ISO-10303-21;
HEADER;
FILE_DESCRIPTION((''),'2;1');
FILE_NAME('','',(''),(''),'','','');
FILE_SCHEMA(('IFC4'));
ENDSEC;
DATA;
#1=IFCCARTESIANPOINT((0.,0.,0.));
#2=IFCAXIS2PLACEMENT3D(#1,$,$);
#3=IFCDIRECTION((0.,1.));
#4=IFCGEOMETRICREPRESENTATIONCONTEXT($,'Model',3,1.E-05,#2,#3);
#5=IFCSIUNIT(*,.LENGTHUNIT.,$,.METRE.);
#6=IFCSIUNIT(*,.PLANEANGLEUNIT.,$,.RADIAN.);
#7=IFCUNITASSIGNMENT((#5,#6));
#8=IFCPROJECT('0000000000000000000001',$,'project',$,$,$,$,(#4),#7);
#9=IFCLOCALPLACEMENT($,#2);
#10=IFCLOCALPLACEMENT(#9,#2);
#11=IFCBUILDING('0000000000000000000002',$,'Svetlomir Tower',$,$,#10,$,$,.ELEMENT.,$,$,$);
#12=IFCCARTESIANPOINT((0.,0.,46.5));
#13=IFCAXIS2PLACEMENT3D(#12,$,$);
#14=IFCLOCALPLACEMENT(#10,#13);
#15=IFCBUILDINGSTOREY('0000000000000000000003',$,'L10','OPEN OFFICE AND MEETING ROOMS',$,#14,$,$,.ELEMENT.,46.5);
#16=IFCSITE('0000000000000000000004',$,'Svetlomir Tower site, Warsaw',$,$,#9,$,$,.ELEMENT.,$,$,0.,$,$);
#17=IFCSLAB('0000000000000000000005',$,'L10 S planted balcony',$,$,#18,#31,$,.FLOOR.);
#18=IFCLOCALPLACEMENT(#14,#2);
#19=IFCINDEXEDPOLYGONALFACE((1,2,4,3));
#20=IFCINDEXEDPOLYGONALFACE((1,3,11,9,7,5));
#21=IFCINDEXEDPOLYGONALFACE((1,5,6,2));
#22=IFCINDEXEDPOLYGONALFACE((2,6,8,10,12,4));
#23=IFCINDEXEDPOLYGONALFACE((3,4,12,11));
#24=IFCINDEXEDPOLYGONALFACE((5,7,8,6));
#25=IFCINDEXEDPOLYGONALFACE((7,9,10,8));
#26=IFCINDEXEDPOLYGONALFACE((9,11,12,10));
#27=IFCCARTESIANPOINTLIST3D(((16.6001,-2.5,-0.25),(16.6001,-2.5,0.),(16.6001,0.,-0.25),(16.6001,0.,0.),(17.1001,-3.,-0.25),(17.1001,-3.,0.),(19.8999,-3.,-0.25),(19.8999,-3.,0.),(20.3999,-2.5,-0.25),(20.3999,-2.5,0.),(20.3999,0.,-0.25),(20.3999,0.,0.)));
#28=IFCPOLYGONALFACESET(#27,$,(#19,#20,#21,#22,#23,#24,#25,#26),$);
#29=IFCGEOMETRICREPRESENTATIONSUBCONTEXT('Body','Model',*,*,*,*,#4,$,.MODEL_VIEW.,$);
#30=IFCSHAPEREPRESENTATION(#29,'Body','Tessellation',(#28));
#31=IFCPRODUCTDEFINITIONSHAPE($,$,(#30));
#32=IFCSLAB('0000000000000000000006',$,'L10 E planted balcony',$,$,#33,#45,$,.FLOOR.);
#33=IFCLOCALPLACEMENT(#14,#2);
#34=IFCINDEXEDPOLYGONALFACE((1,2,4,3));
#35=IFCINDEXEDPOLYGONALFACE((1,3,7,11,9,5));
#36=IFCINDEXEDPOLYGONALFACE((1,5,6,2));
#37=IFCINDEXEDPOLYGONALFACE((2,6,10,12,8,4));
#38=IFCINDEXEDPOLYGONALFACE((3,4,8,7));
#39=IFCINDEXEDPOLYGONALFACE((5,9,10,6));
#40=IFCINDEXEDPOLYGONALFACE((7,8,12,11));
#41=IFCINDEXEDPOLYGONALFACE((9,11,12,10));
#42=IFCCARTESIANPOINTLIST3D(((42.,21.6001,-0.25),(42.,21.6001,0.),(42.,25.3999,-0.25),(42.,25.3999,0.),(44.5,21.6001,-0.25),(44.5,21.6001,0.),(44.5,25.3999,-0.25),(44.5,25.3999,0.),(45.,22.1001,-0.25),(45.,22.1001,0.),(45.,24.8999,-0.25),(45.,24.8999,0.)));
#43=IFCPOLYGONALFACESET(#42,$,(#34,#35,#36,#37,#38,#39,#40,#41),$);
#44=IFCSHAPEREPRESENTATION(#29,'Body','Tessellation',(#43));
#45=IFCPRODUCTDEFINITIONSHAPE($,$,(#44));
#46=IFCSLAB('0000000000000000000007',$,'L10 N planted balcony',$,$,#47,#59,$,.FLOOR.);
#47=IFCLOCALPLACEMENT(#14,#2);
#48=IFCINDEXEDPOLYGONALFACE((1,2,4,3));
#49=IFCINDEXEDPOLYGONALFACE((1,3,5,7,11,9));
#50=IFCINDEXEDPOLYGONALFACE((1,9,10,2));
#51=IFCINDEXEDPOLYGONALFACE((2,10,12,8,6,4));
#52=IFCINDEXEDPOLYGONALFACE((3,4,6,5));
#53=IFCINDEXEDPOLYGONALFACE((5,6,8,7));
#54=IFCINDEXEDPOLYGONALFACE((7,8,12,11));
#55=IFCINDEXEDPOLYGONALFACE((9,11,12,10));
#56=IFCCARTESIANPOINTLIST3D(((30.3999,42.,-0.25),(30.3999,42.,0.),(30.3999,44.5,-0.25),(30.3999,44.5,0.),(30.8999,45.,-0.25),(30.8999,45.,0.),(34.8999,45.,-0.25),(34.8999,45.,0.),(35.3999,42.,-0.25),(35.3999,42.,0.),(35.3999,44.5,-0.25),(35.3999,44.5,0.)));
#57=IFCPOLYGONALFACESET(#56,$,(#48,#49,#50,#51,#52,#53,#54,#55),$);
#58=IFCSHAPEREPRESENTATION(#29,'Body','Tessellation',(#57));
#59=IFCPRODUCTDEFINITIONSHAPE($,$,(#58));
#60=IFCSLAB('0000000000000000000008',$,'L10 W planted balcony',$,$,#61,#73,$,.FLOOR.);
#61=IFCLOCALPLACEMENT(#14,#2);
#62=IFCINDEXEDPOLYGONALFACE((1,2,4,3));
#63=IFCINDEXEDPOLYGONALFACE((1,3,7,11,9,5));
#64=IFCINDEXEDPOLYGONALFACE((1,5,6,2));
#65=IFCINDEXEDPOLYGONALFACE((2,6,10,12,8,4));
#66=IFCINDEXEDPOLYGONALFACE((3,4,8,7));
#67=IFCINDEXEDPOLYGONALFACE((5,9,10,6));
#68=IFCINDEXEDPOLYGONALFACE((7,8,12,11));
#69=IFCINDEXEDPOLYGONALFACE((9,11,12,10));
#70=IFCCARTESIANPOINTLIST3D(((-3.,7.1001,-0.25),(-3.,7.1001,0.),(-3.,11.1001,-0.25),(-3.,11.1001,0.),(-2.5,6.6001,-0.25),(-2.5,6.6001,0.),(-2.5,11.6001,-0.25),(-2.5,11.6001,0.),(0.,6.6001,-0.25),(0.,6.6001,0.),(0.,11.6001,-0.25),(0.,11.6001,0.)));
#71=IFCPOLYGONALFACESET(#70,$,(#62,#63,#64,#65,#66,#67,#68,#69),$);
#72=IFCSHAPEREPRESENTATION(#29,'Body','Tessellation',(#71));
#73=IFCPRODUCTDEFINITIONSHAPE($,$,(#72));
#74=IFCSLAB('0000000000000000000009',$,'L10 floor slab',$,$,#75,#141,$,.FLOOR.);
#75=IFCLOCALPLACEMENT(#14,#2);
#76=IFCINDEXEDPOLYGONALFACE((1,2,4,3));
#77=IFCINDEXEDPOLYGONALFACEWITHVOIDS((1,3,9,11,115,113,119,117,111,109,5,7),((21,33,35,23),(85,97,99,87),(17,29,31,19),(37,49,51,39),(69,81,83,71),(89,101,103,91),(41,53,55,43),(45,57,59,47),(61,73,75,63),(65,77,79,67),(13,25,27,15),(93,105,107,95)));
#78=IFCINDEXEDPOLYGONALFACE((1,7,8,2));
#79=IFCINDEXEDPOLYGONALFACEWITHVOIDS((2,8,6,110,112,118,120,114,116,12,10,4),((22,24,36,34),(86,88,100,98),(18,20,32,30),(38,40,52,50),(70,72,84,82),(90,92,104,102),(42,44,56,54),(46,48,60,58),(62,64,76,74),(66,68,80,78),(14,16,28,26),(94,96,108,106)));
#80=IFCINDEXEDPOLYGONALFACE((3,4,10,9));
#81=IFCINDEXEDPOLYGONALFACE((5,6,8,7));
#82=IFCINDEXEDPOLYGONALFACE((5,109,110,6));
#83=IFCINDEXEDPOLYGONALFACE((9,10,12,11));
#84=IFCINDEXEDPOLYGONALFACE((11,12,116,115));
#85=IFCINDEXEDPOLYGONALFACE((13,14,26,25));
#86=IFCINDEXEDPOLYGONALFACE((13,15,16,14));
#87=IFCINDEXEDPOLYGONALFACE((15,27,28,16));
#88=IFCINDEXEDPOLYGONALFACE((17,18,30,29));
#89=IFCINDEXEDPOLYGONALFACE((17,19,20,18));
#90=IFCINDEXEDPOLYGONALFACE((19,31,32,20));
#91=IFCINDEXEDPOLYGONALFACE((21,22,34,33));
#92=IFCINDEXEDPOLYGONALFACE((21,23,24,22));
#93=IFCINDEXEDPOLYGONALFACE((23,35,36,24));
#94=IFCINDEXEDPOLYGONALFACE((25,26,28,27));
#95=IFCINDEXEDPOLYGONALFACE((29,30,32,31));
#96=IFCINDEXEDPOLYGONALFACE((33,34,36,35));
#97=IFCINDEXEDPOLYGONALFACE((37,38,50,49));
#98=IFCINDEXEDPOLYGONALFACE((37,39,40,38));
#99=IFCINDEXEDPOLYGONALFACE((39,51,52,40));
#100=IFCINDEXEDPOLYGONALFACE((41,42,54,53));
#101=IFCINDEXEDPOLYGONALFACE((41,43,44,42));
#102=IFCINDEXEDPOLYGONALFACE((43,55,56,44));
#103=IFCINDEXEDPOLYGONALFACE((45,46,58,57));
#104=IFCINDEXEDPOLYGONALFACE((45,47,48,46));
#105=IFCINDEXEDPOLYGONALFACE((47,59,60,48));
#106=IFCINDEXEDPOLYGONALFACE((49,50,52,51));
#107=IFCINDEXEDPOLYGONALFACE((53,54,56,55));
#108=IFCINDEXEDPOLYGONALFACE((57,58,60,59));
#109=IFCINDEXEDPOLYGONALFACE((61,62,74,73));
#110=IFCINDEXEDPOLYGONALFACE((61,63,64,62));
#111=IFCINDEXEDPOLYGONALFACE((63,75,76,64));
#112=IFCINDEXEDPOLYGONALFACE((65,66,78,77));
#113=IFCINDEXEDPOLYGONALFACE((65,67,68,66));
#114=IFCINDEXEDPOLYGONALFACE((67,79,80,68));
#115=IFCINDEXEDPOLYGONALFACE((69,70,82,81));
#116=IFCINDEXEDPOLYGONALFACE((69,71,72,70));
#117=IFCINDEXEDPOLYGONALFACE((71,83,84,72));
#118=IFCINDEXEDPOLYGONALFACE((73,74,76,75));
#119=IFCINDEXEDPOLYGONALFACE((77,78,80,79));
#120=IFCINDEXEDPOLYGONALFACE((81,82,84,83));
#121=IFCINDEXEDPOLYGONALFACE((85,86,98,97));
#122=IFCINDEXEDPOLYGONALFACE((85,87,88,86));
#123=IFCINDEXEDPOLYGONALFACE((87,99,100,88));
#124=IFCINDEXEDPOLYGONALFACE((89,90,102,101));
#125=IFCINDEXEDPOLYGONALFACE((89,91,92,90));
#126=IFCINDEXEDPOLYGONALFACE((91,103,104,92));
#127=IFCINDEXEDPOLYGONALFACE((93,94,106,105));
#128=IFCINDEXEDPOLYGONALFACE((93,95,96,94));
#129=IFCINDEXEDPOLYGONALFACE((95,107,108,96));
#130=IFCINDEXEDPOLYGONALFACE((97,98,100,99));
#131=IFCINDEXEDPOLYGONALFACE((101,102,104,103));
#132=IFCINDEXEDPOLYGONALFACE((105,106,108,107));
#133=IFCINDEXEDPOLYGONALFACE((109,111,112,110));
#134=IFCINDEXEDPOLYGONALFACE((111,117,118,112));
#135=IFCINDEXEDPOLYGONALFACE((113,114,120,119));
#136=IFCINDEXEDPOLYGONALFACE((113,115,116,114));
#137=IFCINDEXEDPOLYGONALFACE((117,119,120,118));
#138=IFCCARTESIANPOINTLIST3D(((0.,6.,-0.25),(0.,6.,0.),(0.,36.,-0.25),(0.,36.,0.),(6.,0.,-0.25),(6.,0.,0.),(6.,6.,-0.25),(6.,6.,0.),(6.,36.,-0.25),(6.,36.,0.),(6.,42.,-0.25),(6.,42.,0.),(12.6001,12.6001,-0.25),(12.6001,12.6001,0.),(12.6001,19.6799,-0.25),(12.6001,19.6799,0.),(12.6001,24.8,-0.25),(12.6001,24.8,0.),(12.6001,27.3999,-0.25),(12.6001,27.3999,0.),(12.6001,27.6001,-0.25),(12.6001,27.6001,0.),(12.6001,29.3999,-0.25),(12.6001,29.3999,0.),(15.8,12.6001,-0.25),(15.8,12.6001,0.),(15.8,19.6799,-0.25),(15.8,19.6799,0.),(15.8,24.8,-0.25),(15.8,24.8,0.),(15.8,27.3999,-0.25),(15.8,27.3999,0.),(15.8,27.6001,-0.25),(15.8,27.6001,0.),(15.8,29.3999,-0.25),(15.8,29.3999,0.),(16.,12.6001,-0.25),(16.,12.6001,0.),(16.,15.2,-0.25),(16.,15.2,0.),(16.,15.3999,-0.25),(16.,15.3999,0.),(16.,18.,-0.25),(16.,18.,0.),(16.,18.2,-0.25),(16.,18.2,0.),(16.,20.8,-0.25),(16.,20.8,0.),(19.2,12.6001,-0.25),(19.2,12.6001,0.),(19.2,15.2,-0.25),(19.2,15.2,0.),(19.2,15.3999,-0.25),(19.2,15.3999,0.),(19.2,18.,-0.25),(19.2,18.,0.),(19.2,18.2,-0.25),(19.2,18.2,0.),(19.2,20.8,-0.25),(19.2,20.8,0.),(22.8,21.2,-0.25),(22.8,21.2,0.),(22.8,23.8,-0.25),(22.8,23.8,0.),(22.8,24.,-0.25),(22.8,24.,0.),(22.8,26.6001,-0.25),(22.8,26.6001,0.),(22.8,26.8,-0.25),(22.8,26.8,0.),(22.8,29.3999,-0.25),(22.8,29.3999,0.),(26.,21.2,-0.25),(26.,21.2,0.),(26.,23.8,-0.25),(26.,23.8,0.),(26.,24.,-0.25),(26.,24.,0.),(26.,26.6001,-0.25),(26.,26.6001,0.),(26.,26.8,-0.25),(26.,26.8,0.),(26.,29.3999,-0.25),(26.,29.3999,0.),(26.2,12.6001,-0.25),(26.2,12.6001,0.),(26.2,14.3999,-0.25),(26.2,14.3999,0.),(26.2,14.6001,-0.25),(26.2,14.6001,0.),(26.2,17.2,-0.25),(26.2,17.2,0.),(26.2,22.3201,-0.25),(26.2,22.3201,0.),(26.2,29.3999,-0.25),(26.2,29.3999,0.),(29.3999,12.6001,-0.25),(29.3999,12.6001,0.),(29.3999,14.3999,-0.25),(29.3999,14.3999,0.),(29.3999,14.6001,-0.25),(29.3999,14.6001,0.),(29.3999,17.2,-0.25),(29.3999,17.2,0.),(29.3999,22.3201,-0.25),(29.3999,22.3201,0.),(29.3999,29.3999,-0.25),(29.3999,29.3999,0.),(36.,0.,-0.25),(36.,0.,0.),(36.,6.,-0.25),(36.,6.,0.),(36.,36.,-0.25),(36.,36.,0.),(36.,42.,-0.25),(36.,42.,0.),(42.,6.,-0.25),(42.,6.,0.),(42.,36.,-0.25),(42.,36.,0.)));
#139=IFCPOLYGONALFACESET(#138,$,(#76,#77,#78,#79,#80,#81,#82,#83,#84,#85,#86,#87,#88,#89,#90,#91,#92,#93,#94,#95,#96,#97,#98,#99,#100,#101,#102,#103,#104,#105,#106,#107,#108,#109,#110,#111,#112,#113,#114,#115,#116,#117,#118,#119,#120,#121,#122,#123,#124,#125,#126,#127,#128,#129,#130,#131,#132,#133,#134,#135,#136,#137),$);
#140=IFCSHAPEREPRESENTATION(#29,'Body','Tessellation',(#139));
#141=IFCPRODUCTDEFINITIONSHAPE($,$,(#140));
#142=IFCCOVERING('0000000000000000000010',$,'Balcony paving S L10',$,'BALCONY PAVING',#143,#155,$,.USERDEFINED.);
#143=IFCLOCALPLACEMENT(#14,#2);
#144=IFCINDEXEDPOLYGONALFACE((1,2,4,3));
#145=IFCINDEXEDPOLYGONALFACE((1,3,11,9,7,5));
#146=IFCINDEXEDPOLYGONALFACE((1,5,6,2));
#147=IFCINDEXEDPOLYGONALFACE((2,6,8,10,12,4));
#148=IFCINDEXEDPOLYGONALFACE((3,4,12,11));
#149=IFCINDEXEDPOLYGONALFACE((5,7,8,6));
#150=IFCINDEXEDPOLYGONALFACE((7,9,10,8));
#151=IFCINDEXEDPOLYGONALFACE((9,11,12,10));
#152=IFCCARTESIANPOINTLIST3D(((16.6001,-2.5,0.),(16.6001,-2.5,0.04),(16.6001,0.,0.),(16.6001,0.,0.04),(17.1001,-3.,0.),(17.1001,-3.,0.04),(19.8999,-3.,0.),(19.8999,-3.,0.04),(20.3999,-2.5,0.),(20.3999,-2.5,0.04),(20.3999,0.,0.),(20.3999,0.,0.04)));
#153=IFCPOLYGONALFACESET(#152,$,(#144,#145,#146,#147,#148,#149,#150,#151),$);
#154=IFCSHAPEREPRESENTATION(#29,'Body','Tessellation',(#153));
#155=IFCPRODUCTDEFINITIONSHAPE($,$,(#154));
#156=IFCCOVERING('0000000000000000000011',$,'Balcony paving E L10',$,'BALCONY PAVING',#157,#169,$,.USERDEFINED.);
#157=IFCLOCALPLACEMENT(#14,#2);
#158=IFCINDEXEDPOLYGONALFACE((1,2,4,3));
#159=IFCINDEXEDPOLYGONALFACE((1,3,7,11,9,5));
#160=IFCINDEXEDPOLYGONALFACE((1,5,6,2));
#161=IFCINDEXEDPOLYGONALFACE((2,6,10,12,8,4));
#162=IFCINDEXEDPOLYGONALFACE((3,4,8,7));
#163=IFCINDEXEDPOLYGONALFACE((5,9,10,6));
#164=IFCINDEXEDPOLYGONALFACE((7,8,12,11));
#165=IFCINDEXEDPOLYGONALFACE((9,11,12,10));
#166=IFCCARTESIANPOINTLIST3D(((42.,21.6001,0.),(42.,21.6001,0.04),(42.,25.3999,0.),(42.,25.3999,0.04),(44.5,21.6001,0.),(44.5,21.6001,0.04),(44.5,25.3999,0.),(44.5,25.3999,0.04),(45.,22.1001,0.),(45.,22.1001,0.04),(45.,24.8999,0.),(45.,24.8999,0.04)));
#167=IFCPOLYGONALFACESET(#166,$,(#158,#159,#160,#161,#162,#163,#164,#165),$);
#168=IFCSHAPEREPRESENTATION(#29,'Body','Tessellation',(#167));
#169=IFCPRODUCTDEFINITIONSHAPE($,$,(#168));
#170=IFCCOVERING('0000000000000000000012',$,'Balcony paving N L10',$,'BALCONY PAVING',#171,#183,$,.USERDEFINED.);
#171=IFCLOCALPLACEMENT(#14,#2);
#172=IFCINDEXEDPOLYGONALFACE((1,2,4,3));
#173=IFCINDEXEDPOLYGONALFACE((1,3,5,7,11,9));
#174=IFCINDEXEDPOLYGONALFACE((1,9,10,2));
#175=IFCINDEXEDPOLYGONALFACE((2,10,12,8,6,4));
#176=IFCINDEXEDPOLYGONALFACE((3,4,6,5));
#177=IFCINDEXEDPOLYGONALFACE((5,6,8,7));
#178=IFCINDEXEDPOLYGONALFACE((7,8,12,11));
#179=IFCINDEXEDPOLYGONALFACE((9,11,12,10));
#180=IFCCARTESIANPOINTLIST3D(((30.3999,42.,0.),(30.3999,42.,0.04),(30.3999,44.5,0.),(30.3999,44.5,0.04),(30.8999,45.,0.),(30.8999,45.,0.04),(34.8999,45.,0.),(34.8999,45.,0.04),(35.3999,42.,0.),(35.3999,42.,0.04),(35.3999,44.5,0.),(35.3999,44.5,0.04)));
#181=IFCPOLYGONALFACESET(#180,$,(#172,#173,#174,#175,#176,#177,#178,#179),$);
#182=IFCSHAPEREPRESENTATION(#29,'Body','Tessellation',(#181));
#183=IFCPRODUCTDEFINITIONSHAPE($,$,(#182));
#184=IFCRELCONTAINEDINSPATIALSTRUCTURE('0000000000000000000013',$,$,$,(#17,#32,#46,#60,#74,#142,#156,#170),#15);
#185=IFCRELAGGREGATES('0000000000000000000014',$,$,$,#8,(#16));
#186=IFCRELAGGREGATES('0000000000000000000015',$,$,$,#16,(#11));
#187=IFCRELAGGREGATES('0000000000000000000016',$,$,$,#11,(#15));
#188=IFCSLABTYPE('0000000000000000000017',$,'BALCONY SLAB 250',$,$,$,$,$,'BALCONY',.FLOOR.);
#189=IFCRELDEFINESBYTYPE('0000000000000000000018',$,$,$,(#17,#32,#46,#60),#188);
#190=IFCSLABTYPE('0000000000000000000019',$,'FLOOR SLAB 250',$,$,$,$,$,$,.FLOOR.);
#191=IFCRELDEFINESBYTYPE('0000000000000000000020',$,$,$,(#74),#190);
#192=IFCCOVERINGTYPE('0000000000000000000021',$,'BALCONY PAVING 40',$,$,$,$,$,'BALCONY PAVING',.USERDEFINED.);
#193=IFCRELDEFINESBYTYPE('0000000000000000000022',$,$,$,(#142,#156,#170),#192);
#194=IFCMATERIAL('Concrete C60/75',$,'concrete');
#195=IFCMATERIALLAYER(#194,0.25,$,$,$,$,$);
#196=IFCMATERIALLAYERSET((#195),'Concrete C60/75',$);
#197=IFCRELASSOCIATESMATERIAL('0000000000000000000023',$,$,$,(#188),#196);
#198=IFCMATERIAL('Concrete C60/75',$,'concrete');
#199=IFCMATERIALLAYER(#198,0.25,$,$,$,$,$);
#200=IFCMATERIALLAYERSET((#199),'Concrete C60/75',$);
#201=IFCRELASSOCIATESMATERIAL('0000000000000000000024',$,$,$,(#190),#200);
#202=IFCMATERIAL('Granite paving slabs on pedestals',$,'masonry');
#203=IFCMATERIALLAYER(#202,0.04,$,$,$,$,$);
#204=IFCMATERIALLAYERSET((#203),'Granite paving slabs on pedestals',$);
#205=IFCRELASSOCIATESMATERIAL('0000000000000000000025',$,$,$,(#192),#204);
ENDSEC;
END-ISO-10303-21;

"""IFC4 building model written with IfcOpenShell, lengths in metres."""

from ifc_helpers import new_model, si_unit, direction, frame, origin, place, context, subcontext, project, spatial, polyline, outline, extrude, material, layer, layer_set, type_object, element, save


model = new_model("IFC4")

# Units and contexts
model_context = context("Model", 3, precision=1e-05, world=origin(), true_north=direction((0.0, 1.0)))
body_context = subcontext(model_context, "Body", "Model", "MODEL_VIEW")
ifc_project = project(units=[si_unit("LENGTHUNIT", "METRE"), si_unit("PLANEANGLEUNIT", "RADIAN")], contexts=[model_context])

# Site, building, storey
site_placement = place(None, origin())
site = spatial("IfcSite", under=ifc_project, at=site_placement, Name="Svetlomir Tower site, Warsaw", CompositionType="ELEMENT", RefElevation=0.0)
building_placement = place(site_placement, origin())
building = spatial("IfcBuilding", under=site, at=building_placement, Name="Svetlomir Tower", CompositionType="ELEMENT")
storey_placement = place(building_placement, frame((0.0, 0.0, 46.5)))
storey = spatial("IfcBuildingStorey", under=building, at=storey_placement, Name="L10", Description="OPEN OFFICE AND MEETING ROOMS", CompositionType="ELEMENT", Elevation=46.5)

# Slabs
ifc_material_1 = material(Name="Concrete C60/75", Category="concrete")
ifc_layer_1 = layer(ifc_material_1, 0.25)
ifc_layer_set_1 = layer_set([ifc_layer_1], Name="Concrete C60/75")
slab_type_1 = type_object("IfcSlabType", Name="BALCONY SLAB 250", ElementType="BALCONY", PredefinedType="FLOOR", material=ifc_layer_set_1)
slab_1_placement = place(storey_placement, frame((0.0, 0.0, -0.25)))
element("IfcSlab", 1, at=slab_1_placement, inside=storey, type_object=slab_type_1, Name="L10 S planted balcony", PredefinedType="FLOOR", context=body_context, shape_type="SweptSolid", body=[
    extrude(outline(polyline([(16.6001, -2.5), (17.1001, -3.0), (19.8999, -3.0), (20.3999, -2.5), (20.3999, 0.0), (16.6001, 0.0), (16.6001, -2.5)])), origin(), (0.0, 0.0, 1.0), 0.25),
])
slab_2_placement = place(storey_placement, frame((0.0, 0.0, -0.25)))
element("IfcSlab", 2, at=slab_2_placement, inside=storey, type_object=slab_type_1, Name="L10 E planted balcony", PredefinedType="FLOOR", context=body_context, shape_type="SweptSolid", body=[
    extrude(outline(polyline([(42.0, 21.6001), (44.5, 21.6001), (45.0, 22.1001), (45.0, 24.8999), (44.5, 25.3999), (42.0, 25.3999), (42.0, 21.6001)])), origin(), (0.0, 0.0, 1.0), 0.25),
])
slab_3_placement = place(storey_placement, frame((0.0, 0.0, -0.25)))
element("IfcSlab", 3, at=slab_3_placement, inside=storey, type_object=slab_type_1, Name="L10 N planted balcony", PredefinedType="FLOOR", context=body_context, shape_type="SweptSolid", body=[
    extrude(outline(polyline([(30.3999, 42.0), (35.3999, 42.0), (35.3999, 44.5), (34.8999, 45.0), (30.8999, 45.0), (30.3999, 44.5), (30.3999, 42.0)])), origin(), (0.0, 0.0, 1.0), 0.25),
])
slab_4_placement = place(storey_placement, frame((0.0, 0.0, -0.25)))
element("IfcSlab", 4, at=slab_4_placement, inside=storey, type_object=slab_type_1, Name="L10 W planted balcony", PredefinedType="FLOOR", context=body_context, shape_type="SweptSolid", body=[
    extrude(outline(polyline([(-2.5, 6.6001), (0.0, 6.6001), (0.0, 11.6001), (-2.5, 11.6001), (-3.0, 11.1001), (-3.0, 7.1001), (-2.5, 6.6001)])), origin(), (0.0, 0.0, 1.0), 0.25),
])
ifc_material_2 = material(Name="Concrete C60/75", Category="concrete")
ifc_layer_2 = layer(ifc_material_2, 0.25)
ifc_layer_set_2 = layer_set([ifc_layer_2], Name="Concrete C60/75")
slab_type_2 = type_object("IfcSlabType", Name="FLOOR SLAB 250", PredefinedType="FLOOR", material=ifc_layer_set_2)
slab_5_placement = place(storey_placement, frame((0.0, 0.0, -0.25)))
element("IfcSlab", 5, at=slab_5_placement, inside=storey, type_object=slab_type_2, Name="L10 floor slab", PredefinedType="FLOOR", context=body_context, shape_type="SweptSolid", body=[
    extrude(outline(polyline([(6.0, 0.0), (36.0, 0.0), (36.0, 6.0), (42.0, 6.0), (42.0, 36.0), (36.0, 36.0), (36.0, 42.0), (6.0, 42.0), (6.0, 36.0), (0.0, 36.0), (0.0, 6.0), (6.0, 6.0), (6.0, 0.0)]), holes=[polyline([(12.6001, 24.8), (15.8, 24.8), (15.8, 27.3999), (12.6001, 27.3999), (12.6001, 24.8)]), polyline([(26.2, 14.6001), (29.3999, 14.6001), (29.3999, 17.2), (26.2, 17.2), (26.2, 14.6001)]), polyline([(16.0, 12.6001), (19.2, 12.6001), (19.2, 15.2), (16.0, 15.2), (16.0, 12.6001)]), polyline([(16.0, 15.3999), (19.2, 15.3999), (19.2, 18.0), (16.0, 18.0), (16.0, 15.3999)]), polyline([(16.0, 18.2), (19.2, 18.2), (19.2, 20.8), (16.0, 20.8), (16.0, 18.2)]), polyline([(22.8, 21.2), (26.0, 21.2), (26.0, 23.8), (22.8, 23.8), (22.8, 21.2)]), polyline([(22.8, 24.0), (26.0, 24.0), (26.0, 26.6001), (22.8, 26.6001), (22.8, 24.0)]), polyline([(22.8, 26.8), (26.0, 26.8), (26.0, 29.3999), (22.8, 29.3999), (22.8, 26.8)]), polyline([(12.6001, 27.6001), (15.8, 27.6001), (15.8, 29.3999), (12.6001, 29.3999), (12.6001, 27.6001)]), polyline([(26.2, 12.6001), (29.3999, 12.6001), (29.3999, 14.3999), (26.2, 14.3999), (26.2, 12.6001)]), polyline([(12.6001, 12.6001), (15.8, 12.6001), (15.8, 19.6799), (12.6001, 19.6799), (12.6001, 12.6001)]), polyline([(26.2, 22.3201), (29.3999, 22.3201), (29.3999, 29.3999), (26.2, 29.3999), (26.2, 22.3201)])]), origin(), (0.0, 0.0, 1.0), 0.25),
])

# Coverings
ifc_material_3 = material(Name="Granite paving slabs on pedestals", Category="masonry")
ifc_layer_3 = layer(ifc_material_3, 0.04)
ifc_layer_set_3 = layer_set([ifc_layer_3], Name="Granite paving slabs on pedestals")
covering_type_1 = type_object("IfcCoveringType", Name="BALCONY PAVING 40", ElementType="BALCONY PAVING", PredefinedType="USERDEFINED", material=ifc_layer_set_3)
covering_1_placement = place(storey_placement, origin())
element("IfcCovering", 6, at=covering_1_placement, inside=storey, type_object=covering_type_1, Name="Balcony paving S L10", ObjectType="BALCONY PAVING", PredefinedType="USERDEFINED", context=body_context, shape_type="SweptSolid", body=[
    extrude(outline(polyline([(16.6001, -2.5), (17.1001, -3.0), (19.8999, -3.0), (20.3999, -2.5), (20.3999, 0.0), (16.6001, 0.0), (16.6001, -2.5)])), origin(), (0.0, 0.0, 1.0), 0.04),
])
covering_2_placement = place(storey_placement, origin())
element("IfcCovering", 7, at=covering_2_placement, inside=storey, type_object=covering_type_1, Name="Balcony paving E L10", ObjectType="BALCONY PAVING", PredefinedType="USERDEFINED", context=body_context, shape_type="SweptSolid", body=[
    extrude(outline(polyline([(42.0, 21.6001), (44.5, 21.6001), (45.0, 22.1001), (45.0, 24.8999), (44.5, 25.3999), (42.0, 25.3999), (42.0, 21.6001)])), origin(), (0.0, 0.0, 1.0), 0.04),
])
covering_3_placement = place(storey_placement, origin())
element("IfcCovering", 8, at=covering_3_placement, inside=storey, type_object=covering_type_1, Name="Balcony paving N L10", ObjectType="BALCONY PAVING", PredefinedType="USERDEFINED", context=body_context, shape_type="SweptSolid", body=[
    extrude(outline(polyline([(30.3999, 42.0), (35.3999, 42.0), (35.3999, 44.5), (34.8999, 45.0), (30.8999, 45.0), (30.3999, 44.5), (30.3999, 42.0)])), origin(), (0.0, 0.0, 1.0), 0.04),
])

save(model, "model.ifc")
